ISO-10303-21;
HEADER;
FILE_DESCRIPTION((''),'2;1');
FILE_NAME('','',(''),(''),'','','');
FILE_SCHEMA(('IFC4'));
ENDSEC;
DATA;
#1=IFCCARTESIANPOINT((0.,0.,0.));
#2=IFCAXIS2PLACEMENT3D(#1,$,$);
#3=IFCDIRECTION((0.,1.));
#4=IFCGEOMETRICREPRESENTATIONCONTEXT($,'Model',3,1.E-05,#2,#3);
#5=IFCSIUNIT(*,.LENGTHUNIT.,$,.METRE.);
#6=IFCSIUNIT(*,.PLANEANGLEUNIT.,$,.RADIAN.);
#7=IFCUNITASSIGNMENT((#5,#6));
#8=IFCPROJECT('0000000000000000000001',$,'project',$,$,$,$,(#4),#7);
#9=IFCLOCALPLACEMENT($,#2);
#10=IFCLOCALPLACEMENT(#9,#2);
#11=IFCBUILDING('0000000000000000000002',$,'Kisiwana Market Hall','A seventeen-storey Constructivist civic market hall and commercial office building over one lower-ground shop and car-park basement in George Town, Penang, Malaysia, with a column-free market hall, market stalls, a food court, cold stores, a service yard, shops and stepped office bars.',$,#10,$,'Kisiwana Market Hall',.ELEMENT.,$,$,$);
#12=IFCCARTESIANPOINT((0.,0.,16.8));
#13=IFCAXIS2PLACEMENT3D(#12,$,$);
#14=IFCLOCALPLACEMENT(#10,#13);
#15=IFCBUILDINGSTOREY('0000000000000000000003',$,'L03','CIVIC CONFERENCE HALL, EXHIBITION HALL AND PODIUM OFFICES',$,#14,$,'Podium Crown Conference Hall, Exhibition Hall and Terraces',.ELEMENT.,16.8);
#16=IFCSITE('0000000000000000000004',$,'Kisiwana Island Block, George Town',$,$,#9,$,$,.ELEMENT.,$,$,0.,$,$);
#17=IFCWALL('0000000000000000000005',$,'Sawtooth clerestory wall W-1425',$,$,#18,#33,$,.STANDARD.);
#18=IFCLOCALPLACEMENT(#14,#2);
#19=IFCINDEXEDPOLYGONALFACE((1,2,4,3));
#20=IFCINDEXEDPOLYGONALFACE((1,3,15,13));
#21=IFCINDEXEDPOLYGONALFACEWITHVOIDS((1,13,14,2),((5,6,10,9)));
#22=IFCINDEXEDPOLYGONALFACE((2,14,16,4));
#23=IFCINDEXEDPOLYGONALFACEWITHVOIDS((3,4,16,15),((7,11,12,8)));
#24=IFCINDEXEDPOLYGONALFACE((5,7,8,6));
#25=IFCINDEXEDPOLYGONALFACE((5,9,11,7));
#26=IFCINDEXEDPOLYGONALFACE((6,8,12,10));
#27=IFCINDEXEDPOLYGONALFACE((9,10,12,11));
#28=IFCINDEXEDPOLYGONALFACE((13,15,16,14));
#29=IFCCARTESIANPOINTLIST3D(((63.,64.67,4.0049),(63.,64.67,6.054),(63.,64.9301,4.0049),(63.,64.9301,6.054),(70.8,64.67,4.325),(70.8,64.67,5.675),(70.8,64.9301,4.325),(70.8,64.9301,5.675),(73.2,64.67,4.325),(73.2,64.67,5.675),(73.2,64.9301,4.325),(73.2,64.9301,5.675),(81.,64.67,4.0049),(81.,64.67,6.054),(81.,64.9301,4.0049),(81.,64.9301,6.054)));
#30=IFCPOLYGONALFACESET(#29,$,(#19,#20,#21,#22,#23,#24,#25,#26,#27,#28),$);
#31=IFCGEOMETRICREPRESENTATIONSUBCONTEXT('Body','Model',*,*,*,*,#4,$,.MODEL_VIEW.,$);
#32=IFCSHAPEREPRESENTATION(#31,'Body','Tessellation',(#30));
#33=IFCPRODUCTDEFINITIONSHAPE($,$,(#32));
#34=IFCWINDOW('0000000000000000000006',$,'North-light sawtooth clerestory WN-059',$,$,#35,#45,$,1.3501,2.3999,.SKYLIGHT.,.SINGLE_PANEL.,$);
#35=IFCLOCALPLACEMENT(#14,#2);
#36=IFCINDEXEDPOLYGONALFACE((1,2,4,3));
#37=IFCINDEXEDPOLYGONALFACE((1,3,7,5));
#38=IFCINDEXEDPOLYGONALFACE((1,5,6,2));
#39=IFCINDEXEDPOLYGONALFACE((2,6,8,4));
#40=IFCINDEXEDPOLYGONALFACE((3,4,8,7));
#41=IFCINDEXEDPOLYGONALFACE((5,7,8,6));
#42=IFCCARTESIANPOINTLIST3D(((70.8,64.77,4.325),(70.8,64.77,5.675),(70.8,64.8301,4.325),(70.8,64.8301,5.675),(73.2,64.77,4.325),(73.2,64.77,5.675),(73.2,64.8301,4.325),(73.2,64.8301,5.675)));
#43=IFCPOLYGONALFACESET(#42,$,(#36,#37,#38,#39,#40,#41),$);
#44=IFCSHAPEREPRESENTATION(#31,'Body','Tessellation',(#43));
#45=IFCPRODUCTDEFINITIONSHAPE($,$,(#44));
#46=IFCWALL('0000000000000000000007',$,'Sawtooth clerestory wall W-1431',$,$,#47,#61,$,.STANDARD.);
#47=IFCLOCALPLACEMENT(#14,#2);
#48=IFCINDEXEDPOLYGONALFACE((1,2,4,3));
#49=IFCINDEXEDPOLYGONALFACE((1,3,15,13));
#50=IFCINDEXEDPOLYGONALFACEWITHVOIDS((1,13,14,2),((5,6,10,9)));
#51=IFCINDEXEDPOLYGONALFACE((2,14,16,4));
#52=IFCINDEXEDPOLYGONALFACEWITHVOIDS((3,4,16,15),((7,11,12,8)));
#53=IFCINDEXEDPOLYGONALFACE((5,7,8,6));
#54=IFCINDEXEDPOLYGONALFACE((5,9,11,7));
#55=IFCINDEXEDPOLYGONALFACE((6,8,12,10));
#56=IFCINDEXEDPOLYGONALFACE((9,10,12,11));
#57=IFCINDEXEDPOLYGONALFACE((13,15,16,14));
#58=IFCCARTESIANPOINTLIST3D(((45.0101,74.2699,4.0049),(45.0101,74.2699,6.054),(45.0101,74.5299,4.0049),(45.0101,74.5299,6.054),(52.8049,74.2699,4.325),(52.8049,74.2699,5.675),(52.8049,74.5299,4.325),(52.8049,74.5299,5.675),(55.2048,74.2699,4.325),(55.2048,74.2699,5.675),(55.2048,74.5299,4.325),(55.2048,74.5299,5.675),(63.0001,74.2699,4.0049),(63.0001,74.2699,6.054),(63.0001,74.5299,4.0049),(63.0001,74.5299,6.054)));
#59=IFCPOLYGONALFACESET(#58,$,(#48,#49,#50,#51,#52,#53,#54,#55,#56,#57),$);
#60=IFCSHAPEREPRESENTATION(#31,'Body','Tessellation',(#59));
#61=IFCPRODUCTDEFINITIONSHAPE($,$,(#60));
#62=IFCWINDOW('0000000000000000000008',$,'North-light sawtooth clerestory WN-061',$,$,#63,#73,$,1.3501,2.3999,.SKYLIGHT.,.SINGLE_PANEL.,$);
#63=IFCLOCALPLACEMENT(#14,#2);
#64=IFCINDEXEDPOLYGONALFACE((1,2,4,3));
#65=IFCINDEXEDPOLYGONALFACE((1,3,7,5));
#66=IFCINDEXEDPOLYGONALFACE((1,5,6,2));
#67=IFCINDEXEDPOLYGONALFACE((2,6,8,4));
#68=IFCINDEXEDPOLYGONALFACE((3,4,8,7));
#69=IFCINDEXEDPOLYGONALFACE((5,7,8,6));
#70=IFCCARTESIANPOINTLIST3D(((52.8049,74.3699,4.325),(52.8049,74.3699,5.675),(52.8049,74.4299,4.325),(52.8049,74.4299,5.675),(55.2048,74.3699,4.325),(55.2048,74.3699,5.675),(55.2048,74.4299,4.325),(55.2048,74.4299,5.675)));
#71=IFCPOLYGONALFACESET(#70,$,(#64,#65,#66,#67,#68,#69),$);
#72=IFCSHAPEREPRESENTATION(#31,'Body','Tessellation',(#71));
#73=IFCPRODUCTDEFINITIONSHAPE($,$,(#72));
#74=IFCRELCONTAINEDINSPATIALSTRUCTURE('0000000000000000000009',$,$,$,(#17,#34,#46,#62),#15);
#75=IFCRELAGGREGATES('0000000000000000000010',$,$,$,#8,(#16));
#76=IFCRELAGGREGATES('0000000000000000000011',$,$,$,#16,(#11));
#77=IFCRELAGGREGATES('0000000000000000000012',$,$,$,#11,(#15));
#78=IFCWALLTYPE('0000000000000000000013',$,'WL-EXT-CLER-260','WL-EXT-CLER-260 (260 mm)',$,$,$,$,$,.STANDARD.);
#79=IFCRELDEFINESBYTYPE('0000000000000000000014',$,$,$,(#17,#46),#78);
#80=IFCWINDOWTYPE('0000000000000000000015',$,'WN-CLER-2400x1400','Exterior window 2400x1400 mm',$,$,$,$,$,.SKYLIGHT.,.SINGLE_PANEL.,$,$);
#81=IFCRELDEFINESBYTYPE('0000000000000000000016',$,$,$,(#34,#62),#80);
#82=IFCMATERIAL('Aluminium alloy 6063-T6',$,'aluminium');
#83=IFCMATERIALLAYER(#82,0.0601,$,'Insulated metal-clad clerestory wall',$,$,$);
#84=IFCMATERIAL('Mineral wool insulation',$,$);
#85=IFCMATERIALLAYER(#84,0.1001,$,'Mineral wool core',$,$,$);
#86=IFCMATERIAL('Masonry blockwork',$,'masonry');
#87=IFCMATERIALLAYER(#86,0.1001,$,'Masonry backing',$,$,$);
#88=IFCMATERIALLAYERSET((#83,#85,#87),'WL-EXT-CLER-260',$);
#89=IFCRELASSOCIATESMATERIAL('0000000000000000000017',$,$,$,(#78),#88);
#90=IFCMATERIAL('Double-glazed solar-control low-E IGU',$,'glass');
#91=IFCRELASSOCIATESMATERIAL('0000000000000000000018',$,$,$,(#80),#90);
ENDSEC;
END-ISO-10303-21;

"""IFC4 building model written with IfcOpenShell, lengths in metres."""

from ifc_helpers import new_model, si_unit, direction, frame, frame_2d, origin, place, context, subcontext, project, spatial, rectangle, extrude, material, layer, layer_set, type_object, element, fill, save


model = new_model("IFC4")

# Units and contexts
model_context = context("Model", 3, precision=1e-05, world=origin(), true_north=direction((0.0, 1.0)))
body_context = subcontext(model_context, "Body", "Model", "MODEL_VIEW")
ifc_project = project(units=[si_unit("LENGTHUNIT", "METRE"), si_unit("PLANEANGLEUNIT", "RADIAN")], contexts=[model_context])

# Site, building, storey
site_placement = place(None, origin())
site = spatial("IfcSite", under=ifc_project, at=site_placement, Name="Kisiwana Island Block, George Town", CompositionType="ELEMENT", RefElevation=0.0)
building_placement = place(site_placement, origin())
building = spatial("IfcBuilding", under=site, at=building_placement, Name="Kisiwana Market Hall", Description="A seventeen-storey Constructivist civic market hall and commercial office building over one lower-ground shop and car-park basement in George Town, Penang, Malaysia, with a column-free market hall, market stalls, a food court, cold stores, a service yard, shops and stepped office bars.", LongName="Kisiwana Market Hall", CompositionType="ELEMENT")
storey_placement = place(building_placement, frame((0.0, 0.0, 16.8)))
storey = spatial("IfcBuildingStorey", under=building, at=storey_placement, Name="L03", Description="CIVIC CONFERENCE HALL, EXHIBITION HALL AND PODIUM OFFICES", LongName="Podium Crown Conference Hall, Exhibition Hall and Terraces", CompositionType="ELEMENT", Elevation=16.8)

# Walls, openings, windows
ifc_material_1 = material(Name="Aluminium alloy 6063-T6", Category="aluminium")
ifc_layer_1 = layer(ifc_material_1, 0.0601, Name="Insulated metal-clad clerestory wall")
ifc_material_2 = material(Name="Mineral wool insulation")
ifc_layer_2 = layer(ifc_material_2, 0.1001, Name="Mineral wool core")
ifc_material_3 = material(Name="Masonry blockwork", Category="masonry")
ifc_layer_3 = layer(ifc_material_3, 0.1001, Name="Masonry backing")
ifc_layer_set = layer_set([ifc_layer_1, ifc_layer_2, ifc_layer_3], Name="WL-EXT-CLER-260")
wall_type = type_object("IfcWallType", Name="WL-EXT-CLER-260", Description="WL-EXT-CLER-260 (260 mm)", PredefinedType="STANDARD", material=ifc_layer_set)
wall_1_placement = place(storey_placement, frame((63.0, 64.8, 4.0049), z_axis=(0.0, 0.0, 1.0), x_axis=(1.0, 0.0, 0.0)))
wall_1 = element("IfcWall", 1, at=wall_1_placement, inside=storey, type_object=wall_type, Name="Sawtooth clerestory wall W-1425", PredefinedType="STANDARD", context=body_context, shape_type="SweptSolid", body=[
    extrude(rectangle(XDim=18.0, YDim=0.26, at=frame_2d((9.0, 0.0))), origin(), (0.0, 0.0, 1.0), 2.0491),
])
opening_1_placement = place(wall_1_placement, frame((7.8, 0.0, 0.3201)))
opening_1 = element("IfcOpeningElement", 2, at=opening_1_placement, cuts=wall_1, PredefinedType="OPENING", context=body_context, shape_type="SweptSolid", body=[
    extrude(rectangle(XDim=2.3999, YDim=1.3501, at=frame_2d((1.2, 0.675))), frame((0.0, 0.1421, 0.0), z_axis=(0.0, -1.0, 0.0), x_axis=(1.0, 0.0, 0.0)), (0.0, 0.0, 1.0), 0.2839),
])
ifc_material_4 = material(Name="Double-glazed solar-control low-E IGU", Category="glass")
window_type_1 = type_object("IfcWindowType", Name="WN-CLER-2400x1400", Description="Exterior window 2400x1400 mm", PartitioningType="SINGLE_PANEL", PredefinedType="SKYLIGHT", material=ifc_material_4)
window_1_placement = place(opening_1_placement, origin())
window_1 = element("IfcWindow", 3, at=window_1_placement, inside=storey, type_object=window_type_1, Name="North-light sawtooth clerestory WN-059", OverallHeight=1.3501, OverallWidth=2.3999, PartitioningType="SINGLE_PANEL", PredefinedType="SKYLIGHT", context=body_context, shape_type="SweptSolid", body=[
    extrude(rectangle(XDim=2.3999, YDim=1.3501, at=frame_2d((1.2, 0.675))), frame((0.0, 0.03, 0.0), z_axis=(0.0, -1.0, 0.0), x_axis=(1.0, 0.0, 0.0)), (0.0, 0.0, 1.0), 0.0601),
])
fill(opening_1, window_1)
wall_2_placement = place(storey_placement, frame((45.01, 74.3999, 4.0049), z_axis=(0.0, 0.0, 1.0), x_axis=(1.0, 0.0, 0.0)))
wall_2 = element("IfcWall", 4, at=wall_2_placement, inside=storey, type_object=wall_type, Name="Sawtooth clerestory wall W-1431", PredefinedType="STANDARD", context=body_context, shape_type="SweptSolid", body=[
    extrude(rectangle(XDim=17.99, YDim=0.26, at=frame_2d((8.9951, 0.0))), origin(), (0.0, 0.0, 1.0), 2.0491),
])
opening_2_placement = place(wall_2_placement, frame((7.7949, 0.0, 0.3201)))
opening_2 = element("IfcOpeningElement", 5, at=opening_2_placement, cuts=wall_2, PredefinedType="OPENING", context=body_context, shape_type="SweptSolid", body=[
    extrude(rectangle(XDim=2.3999, YDim=1.3501, at=frame_2d((1.2, 0.675))), frame((0.0, 0.1421, 0.0), z_axis=(0.0, -1.0, 0.0), x_axis=(1.0, 0.0, 0.0)), (0.0, 0.0, 1.0), 0.2839),
])
window_2_placement = place(opening_2_placement, origin())
window_2 = element("IfcWindow", 6, at=window_2_placement, inside=storey, type_object=window_type_1, Name="North-light sawtooth clerestory WN-061", OverallHeight=1.3501, OverallWidth=2.3999, PartitioningType="SINGLE_PANEL", PredefinedType="SKYLIGHT", context=body_context, shape_type="SweptSolid", body=[
    extrude(rectangle(XDim=2.3999, YDim=1.3501, at=frame_2d((1.2, 0.675))), frame((0.0, 0.03, 0.0), z_axis=(0.0, -1.0, 0.0), x_axis=(1.0, 0.0, 0.0)), (0.0, 0.0, 1.0), 0.0601),
])
fill(opening_2, window_2)

save(model, "model.ifc")
